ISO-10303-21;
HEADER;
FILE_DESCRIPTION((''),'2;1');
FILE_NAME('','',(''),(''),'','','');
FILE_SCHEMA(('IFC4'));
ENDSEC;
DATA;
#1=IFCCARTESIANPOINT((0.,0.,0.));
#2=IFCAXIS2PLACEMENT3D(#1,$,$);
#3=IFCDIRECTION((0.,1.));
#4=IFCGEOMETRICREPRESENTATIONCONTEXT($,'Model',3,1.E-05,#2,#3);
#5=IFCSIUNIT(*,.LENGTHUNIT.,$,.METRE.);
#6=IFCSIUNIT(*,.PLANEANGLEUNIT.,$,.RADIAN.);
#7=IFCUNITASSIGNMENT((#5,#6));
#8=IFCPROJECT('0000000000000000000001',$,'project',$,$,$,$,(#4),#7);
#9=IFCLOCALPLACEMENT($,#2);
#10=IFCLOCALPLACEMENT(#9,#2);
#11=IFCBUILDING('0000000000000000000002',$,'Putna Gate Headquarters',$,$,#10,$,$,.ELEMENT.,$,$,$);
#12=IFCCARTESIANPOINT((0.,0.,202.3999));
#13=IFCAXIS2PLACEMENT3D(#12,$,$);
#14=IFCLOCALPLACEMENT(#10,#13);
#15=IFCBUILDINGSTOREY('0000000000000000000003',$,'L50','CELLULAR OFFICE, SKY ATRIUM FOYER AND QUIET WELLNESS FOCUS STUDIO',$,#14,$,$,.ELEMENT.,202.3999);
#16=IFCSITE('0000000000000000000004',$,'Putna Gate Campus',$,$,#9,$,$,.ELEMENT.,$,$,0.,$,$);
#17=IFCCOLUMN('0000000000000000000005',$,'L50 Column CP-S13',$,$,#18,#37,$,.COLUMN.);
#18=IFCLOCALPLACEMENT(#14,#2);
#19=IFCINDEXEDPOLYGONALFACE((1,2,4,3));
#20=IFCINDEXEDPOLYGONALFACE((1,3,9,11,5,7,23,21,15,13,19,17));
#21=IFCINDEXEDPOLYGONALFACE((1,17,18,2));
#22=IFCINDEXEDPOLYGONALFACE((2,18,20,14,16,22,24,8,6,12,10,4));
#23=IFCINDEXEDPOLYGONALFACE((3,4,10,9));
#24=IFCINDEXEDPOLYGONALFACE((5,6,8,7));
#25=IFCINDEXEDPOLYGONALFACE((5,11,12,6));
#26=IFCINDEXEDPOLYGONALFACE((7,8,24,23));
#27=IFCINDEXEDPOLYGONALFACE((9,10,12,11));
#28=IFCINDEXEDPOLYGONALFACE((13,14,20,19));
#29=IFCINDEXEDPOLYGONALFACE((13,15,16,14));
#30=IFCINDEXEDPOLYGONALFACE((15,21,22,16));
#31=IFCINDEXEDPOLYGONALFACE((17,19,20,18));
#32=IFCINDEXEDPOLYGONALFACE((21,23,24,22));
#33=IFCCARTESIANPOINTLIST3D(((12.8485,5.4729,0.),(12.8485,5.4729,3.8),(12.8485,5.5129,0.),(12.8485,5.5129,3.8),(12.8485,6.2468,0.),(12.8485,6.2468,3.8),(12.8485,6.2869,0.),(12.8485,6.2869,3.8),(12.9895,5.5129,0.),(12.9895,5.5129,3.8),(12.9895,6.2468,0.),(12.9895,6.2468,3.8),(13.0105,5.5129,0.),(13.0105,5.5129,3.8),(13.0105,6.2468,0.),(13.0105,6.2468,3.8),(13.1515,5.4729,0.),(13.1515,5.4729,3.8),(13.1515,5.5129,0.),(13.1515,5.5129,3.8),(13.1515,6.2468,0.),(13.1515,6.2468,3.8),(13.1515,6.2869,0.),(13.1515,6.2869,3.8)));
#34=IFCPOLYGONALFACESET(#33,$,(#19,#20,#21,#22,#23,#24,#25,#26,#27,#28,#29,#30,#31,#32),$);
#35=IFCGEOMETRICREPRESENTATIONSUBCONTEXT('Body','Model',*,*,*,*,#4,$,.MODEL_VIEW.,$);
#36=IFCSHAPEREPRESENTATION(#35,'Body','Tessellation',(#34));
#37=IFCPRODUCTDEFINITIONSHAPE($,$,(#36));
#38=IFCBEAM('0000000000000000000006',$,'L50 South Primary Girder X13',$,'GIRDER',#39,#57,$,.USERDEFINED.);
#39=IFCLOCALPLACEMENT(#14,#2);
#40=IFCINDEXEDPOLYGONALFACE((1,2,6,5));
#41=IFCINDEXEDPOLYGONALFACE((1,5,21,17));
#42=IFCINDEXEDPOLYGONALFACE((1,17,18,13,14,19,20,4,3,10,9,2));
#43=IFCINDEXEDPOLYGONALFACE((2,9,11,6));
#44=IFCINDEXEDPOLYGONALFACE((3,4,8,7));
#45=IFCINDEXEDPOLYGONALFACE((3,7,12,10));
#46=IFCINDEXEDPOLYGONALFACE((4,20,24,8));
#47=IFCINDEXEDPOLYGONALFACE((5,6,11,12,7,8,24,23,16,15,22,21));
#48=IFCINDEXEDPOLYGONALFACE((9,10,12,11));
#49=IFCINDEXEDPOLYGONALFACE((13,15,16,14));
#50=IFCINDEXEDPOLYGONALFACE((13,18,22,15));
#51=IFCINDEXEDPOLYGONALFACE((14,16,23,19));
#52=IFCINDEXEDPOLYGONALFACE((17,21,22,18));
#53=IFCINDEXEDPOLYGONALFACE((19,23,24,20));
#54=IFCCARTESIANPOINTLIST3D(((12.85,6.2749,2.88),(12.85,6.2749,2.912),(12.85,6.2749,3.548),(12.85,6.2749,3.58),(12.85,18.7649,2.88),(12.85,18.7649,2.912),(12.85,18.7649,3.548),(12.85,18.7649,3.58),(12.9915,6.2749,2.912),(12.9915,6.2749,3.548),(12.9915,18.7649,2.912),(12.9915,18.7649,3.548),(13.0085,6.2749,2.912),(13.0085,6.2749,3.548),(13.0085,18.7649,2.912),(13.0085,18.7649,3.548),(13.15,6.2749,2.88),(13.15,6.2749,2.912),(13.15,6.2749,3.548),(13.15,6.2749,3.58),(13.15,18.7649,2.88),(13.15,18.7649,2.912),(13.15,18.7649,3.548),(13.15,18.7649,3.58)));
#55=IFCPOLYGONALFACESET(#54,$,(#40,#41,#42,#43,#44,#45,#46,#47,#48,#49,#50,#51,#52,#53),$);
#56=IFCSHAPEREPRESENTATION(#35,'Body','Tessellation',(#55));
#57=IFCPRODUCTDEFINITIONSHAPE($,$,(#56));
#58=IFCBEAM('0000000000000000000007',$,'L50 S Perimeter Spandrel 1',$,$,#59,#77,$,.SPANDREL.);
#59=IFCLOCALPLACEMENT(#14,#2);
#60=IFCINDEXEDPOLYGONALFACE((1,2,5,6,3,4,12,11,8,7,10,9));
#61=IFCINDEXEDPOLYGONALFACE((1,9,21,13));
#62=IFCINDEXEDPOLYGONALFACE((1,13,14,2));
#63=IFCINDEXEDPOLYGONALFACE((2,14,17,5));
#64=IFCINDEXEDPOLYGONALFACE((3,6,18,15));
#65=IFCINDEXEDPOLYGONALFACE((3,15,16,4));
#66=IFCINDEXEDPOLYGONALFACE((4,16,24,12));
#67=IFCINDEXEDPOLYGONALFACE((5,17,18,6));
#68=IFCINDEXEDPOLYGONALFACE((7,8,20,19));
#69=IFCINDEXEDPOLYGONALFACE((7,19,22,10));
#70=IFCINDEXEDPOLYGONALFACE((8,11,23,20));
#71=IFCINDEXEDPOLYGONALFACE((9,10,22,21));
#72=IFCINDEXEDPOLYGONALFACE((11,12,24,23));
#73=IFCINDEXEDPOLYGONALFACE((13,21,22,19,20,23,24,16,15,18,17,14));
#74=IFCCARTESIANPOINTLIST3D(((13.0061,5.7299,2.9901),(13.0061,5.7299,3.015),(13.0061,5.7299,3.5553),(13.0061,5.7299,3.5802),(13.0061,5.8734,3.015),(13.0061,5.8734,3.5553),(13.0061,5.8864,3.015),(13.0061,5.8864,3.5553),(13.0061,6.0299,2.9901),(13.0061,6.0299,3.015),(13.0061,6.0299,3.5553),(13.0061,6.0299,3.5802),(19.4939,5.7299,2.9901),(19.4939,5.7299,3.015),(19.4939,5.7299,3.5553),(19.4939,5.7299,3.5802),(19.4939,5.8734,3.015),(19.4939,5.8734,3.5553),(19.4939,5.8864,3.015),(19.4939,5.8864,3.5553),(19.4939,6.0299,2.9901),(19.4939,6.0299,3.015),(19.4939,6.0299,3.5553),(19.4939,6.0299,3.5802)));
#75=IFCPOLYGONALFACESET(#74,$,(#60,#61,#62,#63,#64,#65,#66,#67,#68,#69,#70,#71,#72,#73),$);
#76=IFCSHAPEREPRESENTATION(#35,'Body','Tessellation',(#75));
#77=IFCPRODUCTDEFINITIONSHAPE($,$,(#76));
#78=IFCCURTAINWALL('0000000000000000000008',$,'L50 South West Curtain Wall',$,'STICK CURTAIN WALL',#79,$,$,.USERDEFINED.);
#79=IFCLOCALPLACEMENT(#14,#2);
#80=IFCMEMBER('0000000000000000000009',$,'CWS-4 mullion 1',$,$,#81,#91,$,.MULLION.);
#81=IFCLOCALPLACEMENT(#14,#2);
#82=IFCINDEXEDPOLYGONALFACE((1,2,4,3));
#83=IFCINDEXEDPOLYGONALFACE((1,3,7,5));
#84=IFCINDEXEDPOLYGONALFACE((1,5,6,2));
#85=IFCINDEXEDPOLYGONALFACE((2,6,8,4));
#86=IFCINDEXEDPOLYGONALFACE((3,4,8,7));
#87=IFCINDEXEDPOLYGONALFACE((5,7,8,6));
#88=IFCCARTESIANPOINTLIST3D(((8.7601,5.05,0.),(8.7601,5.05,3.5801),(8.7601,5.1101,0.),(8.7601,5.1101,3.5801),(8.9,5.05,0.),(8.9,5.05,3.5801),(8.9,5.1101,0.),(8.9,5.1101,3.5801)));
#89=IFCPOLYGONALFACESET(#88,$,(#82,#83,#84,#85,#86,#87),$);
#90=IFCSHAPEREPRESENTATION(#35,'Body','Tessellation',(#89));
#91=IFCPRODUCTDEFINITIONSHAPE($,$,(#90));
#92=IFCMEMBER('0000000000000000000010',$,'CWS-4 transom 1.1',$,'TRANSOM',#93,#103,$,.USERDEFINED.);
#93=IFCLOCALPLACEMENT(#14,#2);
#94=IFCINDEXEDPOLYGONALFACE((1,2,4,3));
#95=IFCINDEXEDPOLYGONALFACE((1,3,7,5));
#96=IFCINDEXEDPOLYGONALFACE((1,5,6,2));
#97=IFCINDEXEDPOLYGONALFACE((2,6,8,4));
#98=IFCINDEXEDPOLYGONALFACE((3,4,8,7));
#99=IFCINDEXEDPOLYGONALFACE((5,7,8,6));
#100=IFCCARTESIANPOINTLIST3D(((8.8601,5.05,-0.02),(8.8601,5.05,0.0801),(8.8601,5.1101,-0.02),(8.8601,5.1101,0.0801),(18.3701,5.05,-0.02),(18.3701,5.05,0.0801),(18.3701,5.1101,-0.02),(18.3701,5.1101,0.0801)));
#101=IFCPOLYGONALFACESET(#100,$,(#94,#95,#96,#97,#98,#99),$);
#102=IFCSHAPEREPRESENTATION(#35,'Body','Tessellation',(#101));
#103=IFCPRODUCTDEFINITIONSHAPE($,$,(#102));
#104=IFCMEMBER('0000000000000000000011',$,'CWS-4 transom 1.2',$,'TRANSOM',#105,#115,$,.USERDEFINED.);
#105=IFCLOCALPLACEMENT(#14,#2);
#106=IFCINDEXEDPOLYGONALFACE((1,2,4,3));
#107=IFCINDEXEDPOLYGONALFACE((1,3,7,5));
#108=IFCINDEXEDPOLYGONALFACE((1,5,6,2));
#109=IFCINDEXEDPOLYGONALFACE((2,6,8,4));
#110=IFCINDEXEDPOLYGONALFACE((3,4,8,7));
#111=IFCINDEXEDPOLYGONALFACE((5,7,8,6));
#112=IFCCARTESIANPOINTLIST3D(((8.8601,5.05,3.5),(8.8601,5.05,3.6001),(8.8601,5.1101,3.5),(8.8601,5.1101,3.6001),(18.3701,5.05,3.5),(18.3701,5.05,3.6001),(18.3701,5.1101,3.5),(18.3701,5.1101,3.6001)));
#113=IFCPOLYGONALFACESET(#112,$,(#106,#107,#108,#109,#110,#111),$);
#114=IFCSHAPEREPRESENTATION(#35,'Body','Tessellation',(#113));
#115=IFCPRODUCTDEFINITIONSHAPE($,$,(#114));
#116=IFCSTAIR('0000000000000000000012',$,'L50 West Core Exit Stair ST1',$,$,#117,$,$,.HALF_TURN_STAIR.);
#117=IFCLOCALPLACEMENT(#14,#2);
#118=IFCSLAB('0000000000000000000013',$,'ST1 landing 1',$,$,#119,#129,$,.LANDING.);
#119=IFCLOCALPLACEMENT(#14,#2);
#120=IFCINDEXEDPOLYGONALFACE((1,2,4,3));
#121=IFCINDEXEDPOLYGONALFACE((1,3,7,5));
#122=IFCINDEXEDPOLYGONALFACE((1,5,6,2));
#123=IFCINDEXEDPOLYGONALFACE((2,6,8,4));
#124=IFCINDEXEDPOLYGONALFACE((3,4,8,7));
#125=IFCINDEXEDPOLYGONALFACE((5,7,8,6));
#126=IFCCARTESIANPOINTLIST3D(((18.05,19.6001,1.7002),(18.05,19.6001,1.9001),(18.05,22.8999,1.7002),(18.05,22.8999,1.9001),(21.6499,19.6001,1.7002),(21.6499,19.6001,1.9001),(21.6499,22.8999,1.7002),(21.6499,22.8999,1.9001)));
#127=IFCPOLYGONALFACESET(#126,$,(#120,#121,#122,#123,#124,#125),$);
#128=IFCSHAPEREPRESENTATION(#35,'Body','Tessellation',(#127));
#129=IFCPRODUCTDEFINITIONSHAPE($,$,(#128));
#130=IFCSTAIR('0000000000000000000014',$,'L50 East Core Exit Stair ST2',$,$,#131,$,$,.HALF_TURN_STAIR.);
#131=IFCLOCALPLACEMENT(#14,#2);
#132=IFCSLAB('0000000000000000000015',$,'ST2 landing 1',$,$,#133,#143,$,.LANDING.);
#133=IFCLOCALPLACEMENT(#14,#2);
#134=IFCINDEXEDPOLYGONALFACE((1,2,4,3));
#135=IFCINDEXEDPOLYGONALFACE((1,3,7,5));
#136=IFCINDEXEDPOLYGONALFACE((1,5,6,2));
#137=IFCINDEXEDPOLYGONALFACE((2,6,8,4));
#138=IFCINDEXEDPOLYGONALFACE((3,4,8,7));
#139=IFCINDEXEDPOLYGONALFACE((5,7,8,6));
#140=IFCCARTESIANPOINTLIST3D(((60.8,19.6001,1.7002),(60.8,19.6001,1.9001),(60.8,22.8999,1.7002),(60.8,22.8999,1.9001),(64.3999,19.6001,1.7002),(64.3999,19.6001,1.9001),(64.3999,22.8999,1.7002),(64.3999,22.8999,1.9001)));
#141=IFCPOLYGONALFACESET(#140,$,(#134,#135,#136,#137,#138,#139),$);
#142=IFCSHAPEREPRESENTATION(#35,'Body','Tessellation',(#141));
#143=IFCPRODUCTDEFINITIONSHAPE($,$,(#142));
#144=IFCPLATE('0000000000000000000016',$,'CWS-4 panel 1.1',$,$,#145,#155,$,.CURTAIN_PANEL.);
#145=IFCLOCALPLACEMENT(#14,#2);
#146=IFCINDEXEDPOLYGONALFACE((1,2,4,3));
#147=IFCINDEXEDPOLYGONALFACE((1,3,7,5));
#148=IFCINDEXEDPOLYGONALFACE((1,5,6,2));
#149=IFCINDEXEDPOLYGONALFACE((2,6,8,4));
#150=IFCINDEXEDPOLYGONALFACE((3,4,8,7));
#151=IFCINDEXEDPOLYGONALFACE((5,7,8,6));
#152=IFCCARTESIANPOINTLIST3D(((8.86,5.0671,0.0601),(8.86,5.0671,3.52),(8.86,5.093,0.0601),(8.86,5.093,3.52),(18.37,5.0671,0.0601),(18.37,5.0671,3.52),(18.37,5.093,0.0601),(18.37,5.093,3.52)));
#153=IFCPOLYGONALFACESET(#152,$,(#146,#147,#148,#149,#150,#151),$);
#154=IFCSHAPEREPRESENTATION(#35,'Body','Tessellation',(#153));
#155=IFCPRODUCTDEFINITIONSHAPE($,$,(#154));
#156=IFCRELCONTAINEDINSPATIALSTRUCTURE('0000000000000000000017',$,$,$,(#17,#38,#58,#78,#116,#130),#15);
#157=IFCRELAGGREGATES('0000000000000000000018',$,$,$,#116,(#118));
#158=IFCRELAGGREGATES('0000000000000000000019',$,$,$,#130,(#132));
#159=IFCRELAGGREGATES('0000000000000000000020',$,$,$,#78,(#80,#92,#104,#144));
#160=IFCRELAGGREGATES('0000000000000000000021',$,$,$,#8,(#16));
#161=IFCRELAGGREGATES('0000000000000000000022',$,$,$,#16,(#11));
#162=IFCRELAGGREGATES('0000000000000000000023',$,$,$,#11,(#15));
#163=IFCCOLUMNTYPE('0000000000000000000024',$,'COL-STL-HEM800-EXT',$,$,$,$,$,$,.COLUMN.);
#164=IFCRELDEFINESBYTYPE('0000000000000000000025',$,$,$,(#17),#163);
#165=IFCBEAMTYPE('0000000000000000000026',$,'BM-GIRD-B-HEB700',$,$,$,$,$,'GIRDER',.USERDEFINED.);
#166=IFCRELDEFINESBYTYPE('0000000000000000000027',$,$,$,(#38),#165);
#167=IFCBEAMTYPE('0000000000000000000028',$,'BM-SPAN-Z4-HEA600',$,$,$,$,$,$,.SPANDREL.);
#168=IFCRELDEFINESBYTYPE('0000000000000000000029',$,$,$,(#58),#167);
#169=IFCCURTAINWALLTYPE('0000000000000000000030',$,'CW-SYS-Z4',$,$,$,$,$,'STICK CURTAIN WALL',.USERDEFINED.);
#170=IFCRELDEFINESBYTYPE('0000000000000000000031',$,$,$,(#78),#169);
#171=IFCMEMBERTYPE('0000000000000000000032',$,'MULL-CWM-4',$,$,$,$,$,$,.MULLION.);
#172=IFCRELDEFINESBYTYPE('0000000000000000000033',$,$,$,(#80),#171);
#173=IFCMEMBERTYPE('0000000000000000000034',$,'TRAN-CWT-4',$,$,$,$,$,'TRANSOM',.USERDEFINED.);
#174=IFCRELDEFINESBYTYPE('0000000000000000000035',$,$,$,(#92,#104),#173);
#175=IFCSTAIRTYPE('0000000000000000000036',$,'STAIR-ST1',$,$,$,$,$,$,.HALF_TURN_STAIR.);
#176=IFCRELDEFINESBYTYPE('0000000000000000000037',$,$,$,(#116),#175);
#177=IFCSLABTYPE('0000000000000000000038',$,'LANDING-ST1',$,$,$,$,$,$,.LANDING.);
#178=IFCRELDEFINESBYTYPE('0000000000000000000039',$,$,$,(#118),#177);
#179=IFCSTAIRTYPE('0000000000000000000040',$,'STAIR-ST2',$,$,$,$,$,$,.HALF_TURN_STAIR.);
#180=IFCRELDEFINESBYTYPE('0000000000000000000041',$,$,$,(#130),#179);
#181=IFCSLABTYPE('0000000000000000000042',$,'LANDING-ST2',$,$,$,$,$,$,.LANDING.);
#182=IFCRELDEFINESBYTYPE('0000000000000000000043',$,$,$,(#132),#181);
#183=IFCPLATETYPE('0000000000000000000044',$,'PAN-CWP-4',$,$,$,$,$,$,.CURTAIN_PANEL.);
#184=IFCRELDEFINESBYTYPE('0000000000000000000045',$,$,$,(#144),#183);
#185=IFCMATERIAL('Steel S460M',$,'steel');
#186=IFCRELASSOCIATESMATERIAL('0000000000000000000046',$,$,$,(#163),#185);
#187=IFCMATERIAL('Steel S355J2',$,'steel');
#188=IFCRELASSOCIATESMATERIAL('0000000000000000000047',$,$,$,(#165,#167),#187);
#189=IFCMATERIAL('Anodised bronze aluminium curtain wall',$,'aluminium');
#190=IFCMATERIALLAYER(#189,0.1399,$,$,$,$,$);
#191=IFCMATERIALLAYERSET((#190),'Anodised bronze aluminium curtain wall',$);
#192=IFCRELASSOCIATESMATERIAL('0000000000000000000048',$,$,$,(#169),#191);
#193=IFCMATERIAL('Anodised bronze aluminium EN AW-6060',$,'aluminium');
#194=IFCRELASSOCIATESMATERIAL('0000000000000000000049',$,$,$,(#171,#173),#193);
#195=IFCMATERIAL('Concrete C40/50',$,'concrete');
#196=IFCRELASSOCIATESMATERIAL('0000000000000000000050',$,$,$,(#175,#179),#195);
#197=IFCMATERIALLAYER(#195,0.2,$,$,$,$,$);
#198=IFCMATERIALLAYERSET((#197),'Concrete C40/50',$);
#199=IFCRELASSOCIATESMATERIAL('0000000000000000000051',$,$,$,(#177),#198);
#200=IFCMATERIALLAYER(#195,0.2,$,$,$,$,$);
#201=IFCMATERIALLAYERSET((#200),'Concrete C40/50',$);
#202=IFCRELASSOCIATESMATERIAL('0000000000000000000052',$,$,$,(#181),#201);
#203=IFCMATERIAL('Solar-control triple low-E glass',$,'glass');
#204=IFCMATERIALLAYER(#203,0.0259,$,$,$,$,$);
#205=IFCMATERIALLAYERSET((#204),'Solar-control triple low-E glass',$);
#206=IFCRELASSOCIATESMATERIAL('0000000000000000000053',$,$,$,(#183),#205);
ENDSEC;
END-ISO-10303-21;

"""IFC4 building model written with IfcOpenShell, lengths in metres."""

from ifc_helpers import new_model, si_unit, direction, frame, origin, origin_2d, place, context, subcontext, project, spatial, polyline, rectangle, i_section, outline, extrude, material, layer, layer_set, material_profile, profile_set, type_object, element, aggregate, save


model = new_model("IFC4")

# Units and contexts
model_context = context("Model", 3, precision=1e-05, world=origin(), true_north=direction((0.0, 1.0)))
body_context = subcontext(model_context, "Body", "Model", "MODEL_VIEW")
ifc_project = project(units=[si_unit("LENGTHUNIT", "METRE"), si_unit("PLANEANGLEUNIT", "RADIAN")], contexts=[model_context])

# Site, building, storey
site_placement = place(None, origin())
site = spatial("IfcSite", under=ifc_project, at=site_placement, Name="Putna Gate Campus", CompositionType="ELEMENT", RefElevation=0.0)
building_placement = place(site_placement, origin())
building = spatial("IfcBuilding", under=site, at=building_placement, Name="Putna Gate Headquarters", CompositionType="ELEMENT")
storey_placement = place(building_placement, frame((0.0, 0.0, 202.3999)))
storey = spatial("IfcBuildingStorey", under=building, at=storey_placement, Name="L50", Description="CELLULAR OFFICE, SKY ATRIUM FOYER AND QUIET WELLNESS FOCUS STUDIO", CompositionType="ELEMENT", Elevation=202.3999)

# Column
ifc_material_1 = material(Name="Steel S460M", Category="steel")
ifc_material_profile_1 = material_profile(ifc_material_1, i_section(OverallWidth=0.303, OverallDepth=0.814, WebThickness=0.021, FlangeThickness=0.04, at=origin_2d()), Name="Steel S460M")
ifc_profile_set_1 = profile_set([ifc_material_profile_1], Name="Steel S460M")
column_type = type_object("IfcColumnType", Name="COL-STL-HEM800-EXT", PredefinedType="COLUMN", material=ifc_profile_set_1)
column_placement = place(storey_placement, frame((13.0, 5.8799, 0.0), z_axis=(0.0, 0.0, 1.0), x_axis=(1.0, 0.0, 0.0)))
element("IfcColumn", 1, at=column_placement, inside=storey, type_object=column_type, Name="L50 Column CP-S13", PredefinedType="COLUMN", context=body_context, shape_type="SweptSolid", body=[
    extrude(i_section(OverallWidth=0.303, OverallDepth=0.814, WebThickness=0.021, FlangeThickness=0.04, at=origin_2d()), origin(), (0.0, 0.0, 1.0), 3.8),
])

# Beams
ifc_material_2 = material(Name="Steel S355J2", Category="steel")
ifc_material_profile_2 = material_profile(ifc_material_2, i_section(OverallWidth=0.3, OverallDepth=0.7, WebThickness=0.0171, FlangeThickness=0.032, at=origin_2d()), Name="Steel S355J2")
ifc_profile_set_2 = profile_set([ifc_material_profile_2], Name="Steel S355J2")
beam_type_1 = type_object("IfcBeamType", Name="BM-GIRD-B-HEB700", ElementType="GIRDER", PredefinedType="USERDEFINED", material=ifc_profile_set_2)
beam_1_placement = place(storey_placement, frame((13.0, 6.2749, 3.23), z_axis=(0.0, 1.0, 0.0), x_axis=(-1.0, 0.0, 0.0)))
element("IfcBeam", 2, at=beam_1_placement, inside=storey, type_object=beam_type_1, Name="L50 South Primary Girder X13", ObjectType="GIRDER", PredefinedType="USERDEFINED", context=body_context, shape_type="SweptSolid", body=[
    extrude(i_section(OverallWidth=0.3, OverallDepth=0.7, WebThickness=0.0171, FlangeThickness=0.032, at=origin_2d()), origin(), (0.0, 0.0, 1.0), 12.49),
])
ifc_material_profile_3 = material_profile(ifc_material_2, i_section(OverallWidth=0.3, OverallDepth=0.5901, WebThickness=0.0129, FlangeThickness=0.0249, at=origin_2d()), Name="Steel S355J2")
ifc_profile_set_3 = profile_set([ifc_material_profile_3], Name="Steel S355J2")
beam_type_2 = type_object("IfcBeamType", Name="BM-SPAN-Z4-HEA600", PredefinedType="SPANDREL", material=ifc_profile_set_3)
beam_2_placement = place(storey_placement, frame((13.0061, 5.8799, 3.2852), z_axis=(1.0, 0.0, 0.0), x_axis=(0.0, 1.0, 0.0)))
element("IfcBeam", 3, at=beam_2_placement, inside=storey, type_object=beam_type_2, Name="L50 S Perimeter Spandrel 1", PredefinedType="SPANDREL", context=body_context, shape_type="SweptSolid", body=[
    extrude(i_section(OverallWidth=0.3, OverallDepth=0.5901, WebThickness=0.0129, FlangeThickness=0.0249, at=origin_2d()), origin(), (0.0, 0.0, 1.0), 6.4878),
])

# Curtain wall, members
ifc_material_3 = material(Name="Anodised bronze aluminium curtain wall", Category="aluminium")
ifc_layer_1 = layer(ifc_material_3, 0.1399)
ifc_layer_set_1 = layer_set([ifc_layer_1], Name="Anodised bronze aluminium curtain wall")
curtain_wall_type = type_object("IfcCurtainWallType", Name="CW-SYS-Z4", ElementType="STICK CURTAIN WALL", PredefinedType="USERDEFINED", material=ifc_layer_set_1)
curtain_wall_placement = place(storey_placement, origin())
curtain_wall = element("IfcCurtainWall", 4, at=curtain_wall_placement, inside=storey, type_object=curtain_wall_type, Name="L50 South West Curtain Wall", ObjectType="STICK CURTAIN WALL", PredefinedType="USERDEFINED")
ifc_material_4 = material(Name="Anodised bronze aluminium EN AW-6060", Category="aluminium")
ifc_material_profile_4 = material_profile(ifc_material_4, rectangle(XDim=0.0601, YDim=0.1399, at=origin_2d()), Name="Anodised bronze aluminium EN AW-6060")
ifc_profile_set_4 = profile_set([ifc_material_profile_4], Name="Anodised bronze aluminium EN AW-6060")
member_type_1 = type_object("IfcMemberType", Name="MULL-CWM-4", PredefinedType="MULLION", material=ifc_profile_set_4)
member_1_placement = place(storey_placement, frame((8.8301, 5.0801, 0.0), z_axis=(0.0, 0.0, 1.0), x_axis=(0.0, 1.0, 0.0)))
member_1 = element("IfcMember", 5, at=member_1_placement, type_object=member_type_1, Name="CWS-4 mullion 1", PredefinedType="MULLION", context=body_context, shape_type="SweptSolid", body=[
    extrude(rectangle(XDim=0.0601, YDim=0.1399, at=origin_2d()), origin(), (0.0, 0.0, 1.0), 3.5801),
])
ifc_material_profile_5 = material_profile(ifc_material_4, rectangle(XDim=0.0601, YDim=0.1001, at=origin_2d()), Name="Anodised bronze aluminium EN AW-6060")
ifc_profile_set_5 = profile_set([ifc_material_profile_5], Name="Anodised bronze aluminium EN AW-6060")
member_type_2 = type_object("IfcMemberType", Name="TRAN-CWT-4", ElementType="TRANSOM", PredefinedType="USERDEFINED", material=ifc_profile_set_5)
member_2_placement = place(storey_placement, frame((8.8601, 5.0801, 0.03), z_axis=(1.0, 0.0, 0.0), x_axis=(0.0, 1.0, 0.0)))
member_2 = element("IfcMember", 6, at=member_2_placement, type_object=member_type_2, Name="CWS-4 transom 1.1", ObjectType="TRANSOM", PredefinedType="USERDEFINED", context=body_context, shape_type="SweptSolid", body=[
    extrude(rectangle(XDim=0.0601, YDim=0.1001, at=origin_2d()), origin(), (0.0, 0.0, 1.0), 9.51),
])
member_3_placement = place(storey_placement, frame((8.8601, 5.0801, 3.55), z_axis=(1.0, 0.0, 0.0), x_axis=(0.0, 1.0, 0.0)))
member_3 = element("IfcMember", 7, at=member_3_placement, type_object=member_type_2, Name="CWS-4 transom 1.2", ObjectType="TRANSOM", PredefinedType="USERDEFINED", context=body_context, shape_type="SweptSolid", body=[
    extrude(rectangle(XDim=0.0601, YDim=0.1001, at=origin_2d()), origin(), (0.0, 0.0, 1.0), 9.51),
])

# Stairs, slabs
ifc_material_5 = material(Name="Concrete C40/50", Category="concrete")
stair_type_1 = type_object("IfcStairType", Name="STAIR-ST1", PredefinedType="HALF_TURN_STAIR", material=ifc_material_5)
stair_1_placement = place(storey_placement, origin())
stair_1 = element("IfcStair", 8, at=stair_1_placement, inside=storey, type_object=stair_type_1, Name="L50 West Core Exit Stair ST1", PredefinedType="HALF_TURN_STAIR")
ifc_layer_2 = layer(ifc_material_5, 0.2)
ifc_layer_set_2 = layer_set([ifc_layer_2], Name="Concrete C40/50")
slab_type_1 = type_object("IfcSlabType", Name="LANDING-ST1", PredefinedType="LANDING", material=ifc_layer_set_2)
slab_1_placement = place(storey_placement, frame((0.0, 0.0, 1.7002)))
slab_1 = element("IfcSlab", 9, at=slab_1_placement, type_object=slab_type_1, Name="ST1 landing 1", PredefinedType="LANDING", context=body_context, shape_type="SweptSolid", body=[
    extrude(outline(polyline([(18.05, 19.6001), (21.6499, 19.6001), (21.6499, 22.8999), (18.05, 22.8999), (18.05, 19.6001)])), origin(), (0.0, 0.0, 1.0), 0.2),
])
aggregate(stair_1, [slab_1])
stair_type_2 = type_object("IfcStairType", Name="STAIR-ST2", PredefinedType="HALF_TURN_STAIR", material=ifc_material_5)
stair_2_placement = place(storey_placement, origin())
stair_2 = element("IfcStair", 10, at=stair_2_placement, inside=storey, type_object=stair_type_2, Name="L50 East Core Exit Stair ST2", PredefinedType="HALF_TURN_STAIR")
ifc_layer_3 = layer(ifc_material_5, 0.2)
ifc_layer_set_3 = layer_set([ifc_layer_3], Name="Concrete C40/50")
slab_type_2 = type_object("IfcSlabType", Name="LANDING-ST2", PredefinedType="LANDING", material=ifc_layer_set_3)
slab_2_placement = place(storey_placement, frame((0.0, 0.0, 1.7002)))
slab_2 = element("IfcSlab", 11, at=slab_2_placement, type_object=slab_type_2, Name="ST2 landing 1", PredefinedType="LANDING", context=body_context, shape_type="SweptSolid", body=[
    extrude(outline(polyline([(60.8, 19.6001), (64.3999, 19.6001), (64.3999, 22.8999), (60.8, 22.8999), (60.8, 19.6001)])), origin(), (0.0, 0.0, 1.0), 0.2),
])
aggregate(stair_2, [slab_2])

# Plate
ifc_material_6 = material(Name="Solar-control triple low-E glass", Category="glass")
ifc_layer_4 = layer(ifc_material_6, 0.0259)
ifc_layer_set_4 = layer_set([ifc_layer_4], Name="Solar-control triple low-E glass")
plate_type = type_object("IfcPlateType", Name="PAN-CWP-4", PredefinedType="CURTAIN_PANEL", material=ifc_layer_set_4)
plate_placement = place(storey_placement, frame((13.615, 5.0801, 0.0601), z_axis=(0.0, 0.0, 1.0), x_axis=(1.0, 0.0, 0.0)))
plate = element("IfcPlate", 12, at=plate_placement, type_object=plate_type, Name="CWS-4 panel 1.1", PredefinedType="CURTAIN_PANEL", context=body_context, shape_type="SweptSolid", body=[
    extrude(rectangle(XDim=9.51, YDim=0.0259, at=origin_2d()), origin(), (0.0, 0.0, 1.0), 3.46),
])
aggregate(curtain_wall, [member_1, member_2, member_3, plate])

save(model, "model.ifc")
